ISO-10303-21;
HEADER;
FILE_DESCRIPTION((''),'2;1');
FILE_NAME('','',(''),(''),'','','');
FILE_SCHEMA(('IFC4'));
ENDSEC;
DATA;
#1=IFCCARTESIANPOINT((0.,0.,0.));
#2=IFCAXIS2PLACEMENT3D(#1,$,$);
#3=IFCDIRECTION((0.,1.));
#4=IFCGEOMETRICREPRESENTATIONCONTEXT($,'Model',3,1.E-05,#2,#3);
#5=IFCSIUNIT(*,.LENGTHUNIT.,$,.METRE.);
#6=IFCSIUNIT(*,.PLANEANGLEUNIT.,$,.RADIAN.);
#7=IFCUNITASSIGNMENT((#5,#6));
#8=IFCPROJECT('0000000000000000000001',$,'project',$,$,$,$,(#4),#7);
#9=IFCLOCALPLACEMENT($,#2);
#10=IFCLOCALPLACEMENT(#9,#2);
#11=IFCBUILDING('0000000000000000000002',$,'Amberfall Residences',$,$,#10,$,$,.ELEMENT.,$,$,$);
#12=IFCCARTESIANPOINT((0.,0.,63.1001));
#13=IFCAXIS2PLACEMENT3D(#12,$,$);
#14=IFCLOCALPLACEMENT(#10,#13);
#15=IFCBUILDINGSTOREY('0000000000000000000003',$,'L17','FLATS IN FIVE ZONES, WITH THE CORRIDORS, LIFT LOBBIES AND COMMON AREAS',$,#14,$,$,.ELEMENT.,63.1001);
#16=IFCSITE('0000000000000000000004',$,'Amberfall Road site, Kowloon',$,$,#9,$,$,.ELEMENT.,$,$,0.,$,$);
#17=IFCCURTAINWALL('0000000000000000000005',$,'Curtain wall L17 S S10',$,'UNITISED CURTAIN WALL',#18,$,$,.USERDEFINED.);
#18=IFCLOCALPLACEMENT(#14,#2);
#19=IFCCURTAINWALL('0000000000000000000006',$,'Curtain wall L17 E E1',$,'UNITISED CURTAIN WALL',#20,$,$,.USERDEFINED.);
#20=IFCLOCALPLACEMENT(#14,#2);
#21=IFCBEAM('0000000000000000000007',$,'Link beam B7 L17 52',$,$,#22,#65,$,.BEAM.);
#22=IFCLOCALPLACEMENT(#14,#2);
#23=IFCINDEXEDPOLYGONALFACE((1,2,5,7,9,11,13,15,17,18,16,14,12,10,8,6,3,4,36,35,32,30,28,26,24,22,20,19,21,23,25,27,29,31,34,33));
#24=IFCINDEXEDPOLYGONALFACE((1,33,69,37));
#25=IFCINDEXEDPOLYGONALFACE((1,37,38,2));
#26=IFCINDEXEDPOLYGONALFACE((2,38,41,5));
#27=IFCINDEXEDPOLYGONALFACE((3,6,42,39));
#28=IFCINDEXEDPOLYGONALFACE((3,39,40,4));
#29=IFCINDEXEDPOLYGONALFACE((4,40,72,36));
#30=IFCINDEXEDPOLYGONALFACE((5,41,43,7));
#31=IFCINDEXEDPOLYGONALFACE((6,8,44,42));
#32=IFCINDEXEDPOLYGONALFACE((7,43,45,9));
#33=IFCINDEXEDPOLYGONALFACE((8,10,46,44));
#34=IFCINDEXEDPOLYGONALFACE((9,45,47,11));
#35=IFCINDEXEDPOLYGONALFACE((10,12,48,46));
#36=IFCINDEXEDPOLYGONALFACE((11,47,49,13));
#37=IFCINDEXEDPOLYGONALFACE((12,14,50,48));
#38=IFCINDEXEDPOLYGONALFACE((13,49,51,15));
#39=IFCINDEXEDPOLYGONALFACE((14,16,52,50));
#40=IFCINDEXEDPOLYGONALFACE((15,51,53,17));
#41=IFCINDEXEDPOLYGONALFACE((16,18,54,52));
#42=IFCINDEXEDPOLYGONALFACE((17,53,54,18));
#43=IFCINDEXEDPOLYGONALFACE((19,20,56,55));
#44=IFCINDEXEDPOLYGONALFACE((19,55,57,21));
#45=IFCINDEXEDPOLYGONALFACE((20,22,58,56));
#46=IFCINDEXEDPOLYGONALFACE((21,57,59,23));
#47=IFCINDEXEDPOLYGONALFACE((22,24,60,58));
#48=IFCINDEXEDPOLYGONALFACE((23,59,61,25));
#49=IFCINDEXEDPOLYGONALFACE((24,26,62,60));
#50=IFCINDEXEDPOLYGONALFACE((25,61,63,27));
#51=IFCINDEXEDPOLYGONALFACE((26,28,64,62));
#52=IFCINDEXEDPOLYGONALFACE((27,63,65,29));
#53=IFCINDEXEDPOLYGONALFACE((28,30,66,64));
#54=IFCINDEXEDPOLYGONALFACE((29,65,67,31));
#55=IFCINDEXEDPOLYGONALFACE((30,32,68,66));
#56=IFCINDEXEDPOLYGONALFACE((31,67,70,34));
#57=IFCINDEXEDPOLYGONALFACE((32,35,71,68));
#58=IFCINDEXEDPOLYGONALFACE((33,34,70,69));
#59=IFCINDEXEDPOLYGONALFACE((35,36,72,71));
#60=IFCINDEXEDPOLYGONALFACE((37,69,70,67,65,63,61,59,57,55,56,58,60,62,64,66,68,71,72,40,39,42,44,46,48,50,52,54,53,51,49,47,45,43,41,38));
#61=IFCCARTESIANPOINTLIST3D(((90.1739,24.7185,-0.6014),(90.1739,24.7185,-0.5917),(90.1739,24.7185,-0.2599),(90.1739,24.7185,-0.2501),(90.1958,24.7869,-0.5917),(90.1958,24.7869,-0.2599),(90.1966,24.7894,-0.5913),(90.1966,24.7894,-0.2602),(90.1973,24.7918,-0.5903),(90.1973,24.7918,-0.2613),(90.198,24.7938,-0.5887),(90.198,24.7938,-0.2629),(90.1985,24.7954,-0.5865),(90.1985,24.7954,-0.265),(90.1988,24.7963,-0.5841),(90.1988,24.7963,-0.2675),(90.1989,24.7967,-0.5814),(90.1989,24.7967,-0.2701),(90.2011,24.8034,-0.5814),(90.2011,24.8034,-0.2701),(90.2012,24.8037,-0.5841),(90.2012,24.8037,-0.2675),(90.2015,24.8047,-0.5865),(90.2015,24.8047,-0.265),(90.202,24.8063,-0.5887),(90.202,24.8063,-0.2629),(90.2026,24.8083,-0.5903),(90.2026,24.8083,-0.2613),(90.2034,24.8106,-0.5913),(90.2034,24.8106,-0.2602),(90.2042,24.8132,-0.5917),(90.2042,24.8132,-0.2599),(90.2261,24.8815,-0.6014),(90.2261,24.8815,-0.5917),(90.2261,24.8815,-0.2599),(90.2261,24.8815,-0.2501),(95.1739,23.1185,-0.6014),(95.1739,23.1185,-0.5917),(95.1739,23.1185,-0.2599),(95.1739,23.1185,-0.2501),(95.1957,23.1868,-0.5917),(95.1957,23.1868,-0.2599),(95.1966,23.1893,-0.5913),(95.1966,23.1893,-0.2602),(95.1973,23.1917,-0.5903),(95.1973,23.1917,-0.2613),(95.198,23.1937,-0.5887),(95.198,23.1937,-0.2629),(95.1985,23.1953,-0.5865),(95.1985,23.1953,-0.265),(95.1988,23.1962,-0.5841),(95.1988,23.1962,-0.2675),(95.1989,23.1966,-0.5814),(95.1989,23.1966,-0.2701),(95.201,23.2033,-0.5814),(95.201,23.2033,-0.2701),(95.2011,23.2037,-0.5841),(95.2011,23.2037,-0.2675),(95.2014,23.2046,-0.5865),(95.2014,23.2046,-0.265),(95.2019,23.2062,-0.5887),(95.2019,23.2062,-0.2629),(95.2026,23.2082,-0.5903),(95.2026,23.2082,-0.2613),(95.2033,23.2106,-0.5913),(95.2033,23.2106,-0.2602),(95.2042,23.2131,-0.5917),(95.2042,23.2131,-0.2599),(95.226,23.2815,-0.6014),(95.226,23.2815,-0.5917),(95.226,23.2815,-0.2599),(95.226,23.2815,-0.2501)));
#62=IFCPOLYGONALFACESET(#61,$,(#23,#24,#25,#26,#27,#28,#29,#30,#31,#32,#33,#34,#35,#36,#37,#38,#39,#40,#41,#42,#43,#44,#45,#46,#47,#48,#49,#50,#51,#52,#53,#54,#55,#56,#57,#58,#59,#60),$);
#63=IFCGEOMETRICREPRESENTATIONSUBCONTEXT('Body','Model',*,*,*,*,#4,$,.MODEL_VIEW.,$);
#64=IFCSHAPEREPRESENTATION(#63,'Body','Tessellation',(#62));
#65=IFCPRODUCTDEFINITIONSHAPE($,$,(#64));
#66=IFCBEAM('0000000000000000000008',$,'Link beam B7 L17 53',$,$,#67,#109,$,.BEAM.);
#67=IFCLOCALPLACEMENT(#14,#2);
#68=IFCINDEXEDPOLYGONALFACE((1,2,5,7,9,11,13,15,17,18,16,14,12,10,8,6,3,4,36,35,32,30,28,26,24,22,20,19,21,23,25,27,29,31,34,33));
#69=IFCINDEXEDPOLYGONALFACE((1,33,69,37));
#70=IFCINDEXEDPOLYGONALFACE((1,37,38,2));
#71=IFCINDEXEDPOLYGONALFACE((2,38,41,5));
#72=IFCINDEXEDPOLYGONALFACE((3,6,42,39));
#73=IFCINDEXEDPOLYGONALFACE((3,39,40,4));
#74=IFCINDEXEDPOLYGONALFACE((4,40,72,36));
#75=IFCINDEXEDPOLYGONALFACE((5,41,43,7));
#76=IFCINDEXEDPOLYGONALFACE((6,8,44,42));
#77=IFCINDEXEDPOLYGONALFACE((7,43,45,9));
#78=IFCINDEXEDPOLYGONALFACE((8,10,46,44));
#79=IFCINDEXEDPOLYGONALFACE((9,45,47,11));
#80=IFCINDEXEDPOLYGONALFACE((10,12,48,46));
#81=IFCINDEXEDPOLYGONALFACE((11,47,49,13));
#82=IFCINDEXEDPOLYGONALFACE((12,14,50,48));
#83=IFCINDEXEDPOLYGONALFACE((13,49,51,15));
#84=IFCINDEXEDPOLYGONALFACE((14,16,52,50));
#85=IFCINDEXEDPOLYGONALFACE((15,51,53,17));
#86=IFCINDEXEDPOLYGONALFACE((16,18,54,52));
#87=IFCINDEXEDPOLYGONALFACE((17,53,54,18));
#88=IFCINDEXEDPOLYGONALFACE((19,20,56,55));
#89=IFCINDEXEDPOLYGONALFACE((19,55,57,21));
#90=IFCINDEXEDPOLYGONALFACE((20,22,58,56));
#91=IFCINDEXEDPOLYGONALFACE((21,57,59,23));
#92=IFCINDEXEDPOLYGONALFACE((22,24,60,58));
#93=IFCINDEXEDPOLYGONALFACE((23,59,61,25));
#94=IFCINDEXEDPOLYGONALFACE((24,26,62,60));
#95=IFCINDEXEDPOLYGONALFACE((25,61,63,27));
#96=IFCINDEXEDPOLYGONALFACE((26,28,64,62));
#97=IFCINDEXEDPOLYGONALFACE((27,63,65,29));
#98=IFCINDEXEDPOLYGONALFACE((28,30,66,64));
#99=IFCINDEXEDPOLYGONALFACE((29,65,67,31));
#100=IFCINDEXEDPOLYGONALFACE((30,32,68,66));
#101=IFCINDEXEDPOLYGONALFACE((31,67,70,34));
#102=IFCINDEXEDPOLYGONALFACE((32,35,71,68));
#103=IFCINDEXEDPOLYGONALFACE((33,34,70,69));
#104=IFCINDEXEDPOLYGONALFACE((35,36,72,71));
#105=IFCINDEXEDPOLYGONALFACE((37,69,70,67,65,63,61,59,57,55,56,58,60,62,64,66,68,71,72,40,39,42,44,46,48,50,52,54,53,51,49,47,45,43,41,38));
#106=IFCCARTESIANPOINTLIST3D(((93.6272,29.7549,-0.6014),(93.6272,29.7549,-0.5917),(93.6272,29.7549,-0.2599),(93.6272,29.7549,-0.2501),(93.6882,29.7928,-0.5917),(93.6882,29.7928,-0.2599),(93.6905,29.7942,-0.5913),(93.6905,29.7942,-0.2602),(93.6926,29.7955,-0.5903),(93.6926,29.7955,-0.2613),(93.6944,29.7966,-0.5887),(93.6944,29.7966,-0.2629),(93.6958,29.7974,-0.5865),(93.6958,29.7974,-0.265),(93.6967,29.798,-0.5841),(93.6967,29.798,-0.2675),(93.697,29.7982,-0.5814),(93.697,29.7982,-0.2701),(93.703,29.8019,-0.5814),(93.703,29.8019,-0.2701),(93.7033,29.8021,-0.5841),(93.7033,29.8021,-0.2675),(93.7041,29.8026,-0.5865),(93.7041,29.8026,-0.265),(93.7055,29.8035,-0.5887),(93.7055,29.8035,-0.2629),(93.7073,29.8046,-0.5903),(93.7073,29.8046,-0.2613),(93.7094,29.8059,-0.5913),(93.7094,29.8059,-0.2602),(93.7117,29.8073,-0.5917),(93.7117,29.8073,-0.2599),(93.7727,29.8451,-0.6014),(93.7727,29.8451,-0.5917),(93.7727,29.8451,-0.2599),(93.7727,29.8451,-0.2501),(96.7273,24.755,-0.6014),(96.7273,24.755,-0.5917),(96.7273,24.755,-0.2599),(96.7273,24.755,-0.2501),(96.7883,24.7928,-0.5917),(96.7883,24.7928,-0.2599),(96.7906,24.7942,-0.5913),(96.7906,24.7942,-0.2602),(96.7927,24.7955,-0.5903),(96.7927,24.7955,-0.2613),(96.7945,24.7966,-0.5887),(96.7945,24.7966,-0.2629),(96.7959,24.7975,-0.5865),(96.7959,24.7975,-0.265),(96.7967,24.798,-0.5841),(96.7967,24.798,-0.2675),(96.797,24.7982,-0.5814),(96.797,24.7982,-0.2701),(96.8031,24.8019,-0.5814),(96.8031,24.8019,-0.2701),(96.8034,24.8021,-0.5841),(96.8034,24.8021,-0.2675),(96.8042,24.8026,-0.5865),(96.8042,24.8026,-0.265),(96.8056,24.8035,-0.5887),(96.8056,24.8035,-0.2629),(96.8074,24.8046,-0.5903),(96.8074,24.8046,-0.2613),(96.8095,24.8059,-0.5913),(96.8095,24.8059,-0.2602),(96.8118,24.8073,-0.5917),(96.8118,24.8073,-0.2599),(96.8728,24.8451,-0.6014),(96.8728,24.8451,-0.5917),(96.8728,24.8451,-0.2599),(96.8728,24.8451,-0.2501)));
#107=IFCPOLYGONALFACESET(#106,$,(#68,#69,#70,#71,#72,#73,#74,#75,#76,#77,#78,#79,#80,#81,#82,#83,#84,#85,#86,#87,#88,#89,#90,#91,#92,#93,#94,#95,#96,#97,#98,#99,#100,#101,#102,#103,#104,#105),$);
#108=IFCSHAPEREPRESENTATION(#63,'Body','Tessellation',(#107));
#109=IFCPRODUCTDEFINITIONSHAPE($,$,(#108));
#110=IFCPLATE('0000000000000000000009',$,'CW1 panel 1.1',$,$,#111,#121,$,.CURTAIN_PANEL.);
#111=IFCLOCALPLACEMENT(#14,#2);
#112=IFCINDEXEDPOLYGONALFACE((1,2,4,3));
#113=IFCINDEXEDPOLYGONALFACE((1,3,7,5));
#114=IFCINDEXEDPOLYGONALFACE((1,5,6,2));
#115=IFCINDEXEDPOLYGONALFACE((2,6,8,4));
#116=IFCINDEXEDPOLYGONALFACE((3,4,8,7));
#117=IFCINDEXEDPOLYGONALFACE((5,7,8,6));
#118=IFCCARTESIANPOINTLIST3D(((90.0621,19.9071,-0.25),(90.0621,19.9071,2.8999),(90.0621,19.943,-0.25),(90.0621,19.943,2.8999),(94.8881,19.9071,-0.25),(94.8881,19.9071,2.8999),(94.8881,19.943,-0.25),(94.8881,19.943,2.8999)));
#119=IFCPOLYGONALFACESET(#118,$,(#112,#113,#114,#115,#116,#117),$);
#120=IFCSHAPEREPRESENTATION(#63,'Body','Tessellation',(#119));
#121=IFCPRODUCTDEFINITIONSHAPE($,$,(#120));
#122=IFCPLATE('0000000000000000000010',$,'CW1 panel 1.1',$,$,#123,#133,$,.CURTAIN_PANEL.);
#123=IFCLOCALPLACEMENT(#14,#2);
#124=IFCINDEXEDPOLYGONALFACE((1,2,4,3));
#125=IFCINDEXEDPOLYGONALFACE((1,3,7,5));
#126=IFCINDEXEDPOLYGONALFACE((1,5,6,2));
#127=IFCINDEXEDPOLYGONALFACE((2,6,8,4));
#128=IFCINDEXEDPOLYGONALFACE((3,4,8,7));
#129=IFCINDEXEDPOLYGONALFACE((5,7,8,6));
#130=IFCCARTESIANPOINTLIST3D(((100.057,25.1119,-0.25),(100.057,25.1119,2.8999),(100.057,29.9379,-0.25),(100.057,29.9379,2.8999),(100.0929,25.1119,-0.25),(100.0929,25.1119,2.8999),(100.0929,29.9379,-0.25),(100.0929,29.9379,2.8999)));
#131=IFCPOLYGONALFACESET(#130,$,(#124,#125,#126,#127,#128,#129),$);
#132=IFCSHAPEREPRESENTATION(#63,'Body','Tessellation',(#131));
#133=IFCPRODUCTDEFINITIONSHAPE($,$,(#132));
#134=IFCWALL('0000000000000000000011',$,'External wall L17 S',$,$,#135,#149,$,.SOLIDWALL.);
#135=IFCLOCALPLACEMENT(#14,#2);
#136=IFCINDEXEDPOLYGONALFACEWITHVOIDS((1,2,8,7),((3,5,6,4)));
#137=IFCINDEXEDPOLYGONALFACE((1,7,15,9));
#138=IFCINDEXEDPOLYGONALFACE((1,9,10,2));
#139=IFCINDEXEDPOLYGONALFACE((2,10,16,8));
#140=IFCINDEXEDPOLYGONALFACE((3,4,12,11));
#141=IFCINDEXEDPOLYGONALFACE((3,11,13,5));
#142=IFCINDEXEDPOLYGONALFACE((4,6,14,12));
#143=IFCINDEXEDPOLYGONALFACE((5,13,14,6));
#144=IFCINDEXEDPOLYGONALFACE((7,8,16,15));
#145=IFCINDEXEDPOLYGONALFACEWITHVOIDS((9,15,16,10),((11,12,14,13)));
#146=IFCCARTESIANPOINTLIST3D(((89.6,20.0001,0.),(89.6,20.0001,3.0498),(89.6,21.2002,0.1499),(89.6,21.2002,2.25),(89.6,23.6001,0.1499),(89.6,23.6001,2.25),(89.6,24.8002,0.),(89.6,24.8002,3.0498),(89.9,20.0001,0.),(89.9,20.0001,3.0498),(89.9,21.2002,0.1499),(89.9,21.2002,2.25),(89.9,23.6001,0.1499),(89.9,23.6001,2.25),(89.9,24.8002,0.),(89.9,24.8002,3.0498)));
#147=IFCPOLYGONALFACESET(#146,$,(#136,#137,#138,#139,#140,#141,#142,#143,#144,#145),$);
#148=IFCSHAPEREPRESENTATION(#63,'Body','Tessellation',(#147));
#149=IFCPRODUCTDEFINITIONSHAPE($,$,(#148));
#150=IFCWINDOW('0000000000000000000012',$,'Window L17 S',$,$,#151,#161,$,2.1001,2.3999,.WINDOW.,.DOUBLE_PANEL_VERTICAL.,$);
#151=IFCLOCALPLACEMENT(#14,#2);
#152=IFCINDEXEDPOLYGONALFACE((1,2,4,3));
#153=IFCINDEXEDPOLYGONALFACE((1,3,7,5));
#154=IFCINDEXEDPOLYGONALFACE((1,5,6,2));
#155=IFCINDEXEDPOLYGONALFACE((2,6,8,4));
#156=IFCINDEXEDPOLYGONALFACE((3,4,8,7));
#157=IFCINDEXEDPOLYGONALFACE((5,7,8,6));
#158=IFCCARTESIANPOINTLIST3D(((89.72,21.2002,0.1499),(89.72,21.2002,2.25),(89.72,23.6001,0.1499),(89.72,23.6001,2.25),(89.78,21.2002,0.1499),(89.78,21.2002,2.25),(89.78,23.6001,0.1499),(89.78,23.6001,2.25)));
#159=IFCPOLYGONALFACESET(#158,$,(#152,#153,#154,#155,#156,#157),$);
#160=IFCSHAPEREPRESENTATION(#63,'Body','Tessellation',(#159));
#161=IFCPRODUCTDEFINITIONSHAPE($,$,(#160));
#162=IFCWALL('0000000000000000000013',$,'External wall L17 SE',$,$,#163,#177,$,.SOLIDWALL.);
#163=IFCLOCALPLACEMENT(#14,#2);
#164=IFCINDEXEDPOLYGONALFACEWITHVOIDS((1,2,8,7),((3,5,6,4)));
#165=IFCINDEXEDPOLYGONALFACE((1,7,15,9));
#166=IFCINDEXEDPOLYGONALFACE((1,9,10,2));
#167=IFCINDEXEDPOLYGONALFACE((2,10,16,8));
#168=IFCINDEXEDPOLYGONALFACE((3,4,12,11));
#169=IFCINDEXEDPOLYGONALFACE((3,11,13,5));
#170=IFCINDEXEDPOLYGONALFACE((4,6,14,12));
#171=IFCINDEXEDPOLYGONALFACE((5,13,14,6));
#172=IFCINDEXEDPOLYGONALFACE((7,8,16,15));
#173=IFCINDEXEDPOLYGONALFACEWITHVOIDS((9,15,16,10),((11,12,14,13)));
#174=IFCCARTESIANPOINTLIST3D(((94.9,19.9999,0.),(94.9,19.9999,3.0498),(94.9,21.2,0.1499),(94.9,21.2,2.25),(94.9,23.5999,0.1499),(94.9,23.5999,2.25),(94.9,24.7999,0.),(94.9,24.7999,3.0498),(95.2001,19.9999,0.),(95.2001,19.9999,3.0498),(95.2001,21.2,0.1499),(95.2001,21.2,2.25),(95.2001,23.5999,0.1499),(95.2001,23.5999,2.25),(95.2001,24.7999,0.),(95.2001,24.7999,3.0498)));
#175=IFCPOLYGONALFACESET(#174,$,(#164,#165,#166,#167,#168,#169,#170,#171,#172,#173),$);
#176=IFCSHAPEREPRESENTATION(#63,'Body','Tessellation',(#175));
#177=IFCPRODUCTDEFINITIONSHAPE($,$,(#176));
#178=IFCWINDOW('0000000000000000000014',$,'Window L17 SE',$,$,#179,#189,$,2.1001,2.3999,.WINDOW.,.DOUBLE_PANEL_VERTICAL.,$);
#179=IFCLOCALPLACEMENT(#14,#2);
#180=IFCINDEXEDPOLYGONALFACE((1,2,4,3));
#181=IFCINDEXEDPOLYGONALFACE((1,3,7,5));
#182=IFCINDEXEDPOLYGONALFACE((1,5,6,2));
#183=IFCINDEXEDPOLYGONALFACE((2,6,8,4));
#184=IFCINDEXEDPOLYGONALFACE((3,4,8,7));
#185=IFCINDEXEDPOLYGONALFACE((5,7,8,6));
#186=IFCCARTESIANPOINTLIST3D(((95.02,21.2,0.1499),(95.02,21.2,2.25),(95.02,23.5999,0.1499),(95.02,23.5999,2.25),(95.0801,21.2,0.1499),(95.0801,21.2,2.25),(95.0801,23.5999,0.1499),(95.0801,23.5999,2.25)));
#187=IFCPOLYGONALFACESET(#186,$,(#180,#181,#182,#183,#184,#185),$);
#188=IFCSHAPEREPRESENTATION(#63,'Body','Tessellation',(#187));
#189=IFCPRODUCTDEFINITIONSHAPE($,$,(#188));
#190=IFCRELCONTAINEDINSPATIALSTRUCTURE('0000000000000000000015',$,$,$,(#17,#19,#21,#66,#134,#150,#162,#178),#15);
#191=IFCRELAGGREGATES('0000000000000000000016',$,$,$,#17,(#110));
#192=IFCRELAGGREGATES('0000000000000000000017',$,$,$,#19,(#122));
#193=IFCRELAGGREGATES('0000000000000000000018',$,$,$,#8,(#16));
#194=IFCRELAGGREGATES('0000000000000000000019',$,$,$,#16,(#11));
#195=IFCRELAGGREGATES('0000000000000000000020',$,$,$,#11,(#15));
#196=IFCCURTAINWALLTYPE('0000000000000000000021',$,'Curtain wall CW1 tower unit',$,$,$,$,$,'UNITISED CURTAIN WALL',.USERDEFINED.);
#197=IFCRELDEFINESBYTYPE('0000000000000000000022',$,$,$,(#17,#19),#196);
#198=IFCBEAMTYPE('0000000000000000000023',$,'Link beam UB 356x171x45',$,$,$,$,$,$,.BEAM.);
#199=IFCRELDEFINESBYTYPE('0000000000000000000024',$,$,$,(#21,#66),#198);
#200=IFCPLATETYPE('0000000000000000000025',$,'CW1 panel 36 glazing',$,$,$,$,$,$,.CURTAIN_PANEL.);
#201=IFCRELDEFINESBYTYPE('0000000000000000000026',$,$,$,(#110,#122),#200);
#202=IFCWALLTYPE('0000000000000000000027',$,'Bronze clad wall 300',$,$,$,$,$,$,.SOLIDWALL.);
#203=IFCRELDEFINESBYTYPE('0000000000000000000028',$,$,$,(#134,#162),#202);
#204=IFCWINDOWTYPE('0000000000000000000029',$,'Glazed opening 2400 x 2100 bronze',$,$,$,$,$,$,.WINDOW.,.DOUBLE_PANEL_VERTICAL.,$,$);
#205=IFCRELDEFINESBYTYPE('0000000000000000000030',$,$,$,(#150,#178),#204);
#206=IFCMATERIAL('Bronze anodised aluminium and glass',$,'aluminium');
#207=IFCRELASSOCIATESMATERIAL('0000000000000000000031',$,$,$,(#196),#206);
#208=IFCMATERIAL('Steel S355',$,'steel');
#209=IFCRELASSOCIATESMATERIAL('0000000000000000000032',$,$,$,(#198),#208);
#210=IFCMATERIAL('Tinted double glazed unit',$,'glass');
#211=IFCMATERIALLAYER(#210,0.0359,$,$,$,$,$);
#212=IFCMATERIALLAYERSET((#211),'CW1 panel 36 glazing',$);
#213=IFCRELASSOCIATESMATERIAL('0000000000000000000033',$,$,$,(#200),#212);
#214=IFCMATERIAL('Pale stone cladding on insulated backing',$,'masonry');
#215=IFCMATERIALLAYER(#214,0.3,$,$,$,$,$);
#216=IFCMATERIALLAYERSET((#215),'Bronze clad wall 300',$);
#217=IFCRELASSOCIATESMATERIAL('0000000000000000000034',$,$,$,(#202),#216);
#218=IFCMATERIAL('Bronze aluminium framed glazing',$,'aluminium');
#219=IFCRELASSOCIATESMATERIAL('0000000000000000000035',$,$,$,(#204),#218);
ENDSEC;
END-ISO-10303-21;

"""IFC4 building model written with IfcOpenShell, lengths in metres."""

from ifc_helpers import new_model, si_unit, direction, frame, frame_2d, origin, origin_2d, place, context, subcontext, project, spatial, rectangle, i_section, extrude, material, layer, layer_set, material_profile, profile_set, type_object, element, fill, aggregate, save


model = new_model("IFC4")

# Units and contexts
model_context = context("Model", 3, precision=1e-05, world=origin(), true_north=direction((0.0, 1.0)))
body_context = subcontext(model_context, "Body", "Model", "MODEL_VIEW")
ifc_project = project(units=[si_unit("LENGTHUNIT", "METRE"), si_unit("PLANEANGLEUNIT", "RADIAN")], contexts=[model_context])

# Site, building, storey
site_placement = place(None, origin())
site = spatial("IfcSite", under=ifc_project, at=site_placement, Name="Amberfall Road site, Kowloon", CompositionType="ELEMENT", RefElevation=0.0)
building_placement = place(site_placement, origin())
building = spatial("IfcBuilding", under=site, at=building_placement, Name="Amberfall Residences", CompositionType="ELEMENT")
storey_placement = place(building_placement, frame((0.0, 0.0, 63.1001)))
storey = spatial("IfcBuildingStorey", under=building, at=storey_placement, Name="L17", Description="FLATS IN FIVE ZONES, WITH THE CORRIDORS, LIFT LOBBIES AND COMMON AREAS", CompositionType="ELEMENT", Elevation=63.1001)

# Curtain walls
ifc_material_1 = material(Name="Bronze anodised aluminium and glass", Category="aluminium")
curtain_wall_type = type_object("IfcCurtainWallType", Name="Curtain wall CW1 tower unit", ElementType="UNITISED CURTAIN WALL", PredefinedType="USERDEFINED", material=ifc_material_1)
curtain_wall_1_placement = place(storey_placement, origin())
curtain_wall_1 = element("IfcCurtainWall", 1, at=curtain_wall_1_placement, inside=storey, type_object=curtain_wall_type, Name="Curtain wall L17 S S10", ObjectType="UNITISED CURTAIN WALL", PredefinedType="USERDEFINED")
curtain_wall_2_placement = place(storey_placement, origin())
curtain_wall_2 = element("IfcCurtainWall", 2, at=curtain_wall_2_placement, inside=storey, type_object=curtain_wall_type, Name="Curtain wall L17 E E1", ObjectType="UNITISED CURTAIN WALL", PredefinedType="USERDEFINED")

# Beams
ifc_material_2 = material(Name="Steel S355", Category="steel")
ifc_material_profile_1 = material_profile(ifc_material_2, i_section(OverallWidth=0.1711, OverallDepth=0.3513, WebThickness=0.0071, FlangeThickness=0.0098, FilletRadius=0.0103, at=origin_2d()), Name="UB 356x171x45")
ifc_profile_set_1 = profile_set([ifc_material_profile_1], Name="Steel S355")
beam_type_1 = type_object("IfcBeamType", Name="Link beam UB 356x171x45", PredefinedType="BEAM", material=ifc_profile_set_1)
beam_1_placement = place(storey_placement, frame((95.2, 23.2, -0.4258), z_axis=(-0.952419, 0.304793, 0.0), x_axis=(-0.304793, -0.952419, 0.0)))
element("IfcBeam", 3, at=beam_1_placement, inside=storey, type_object=beam_type_1, Name="Link beam B7 L17 52", PredefinedType="BEAM", context=body_context, shape_type="SweptSolid", body=[
    extrude(i_section(OverallWidth=0.1711, OverallDepth=0.3513, WebThickness=0.0071, FlangeThickness=0.0098, FilletRadius=0.0103, at=origin_2d()), origin(), (0.0, 0.0, 1.0), 5.2498),
])
beam_2_placement = place(storey_placement, frame((96.8, 24.8, -0.4258), z_axis=(-0.526952, 0.849895, 0.0), x_axis=(-0.849895, -0.526952, 0.0)))
element("IfcBeam", 4, at=beam_2_placement, inside=storey, type_object=beam_type_1, Name="Link beam B7 L17 53", PredefinedType="BEAM", context=body_context, shape_type="SweptSolid", body=[
    extrude(i_section(OverallWidth=0.1711, OverallDepth=0.3513, WebThickness=0.0071, FlangeThickness=0.0098, FilletRadius=0.0103, at=origin_2d()), origin(), (0.0, 0.0, 1.0), 5.8831),
])

# Plates
ifc_material_3 = material(Name="Tinted double glazed unit", Category="glass")
ifc_layer_1 = layer(ifc_material_3, 0.0359)
ifc_layer_set_1 = layer_set([ifc_layer_1], Name="CW1 panel 36 glazing")
plate_type = type_object("IfcPlateType", Name="CW1 panel 36 glazing", PredefinedType="CURTAIN_PANEL", material=ifc_layer_set_1)
plate_1_placement = place(storey_placement, frame((92.4751, 19.925, -0.25), z_axis=(0.0, 0.0, 1.0), x_axis=(1.0, 0.0, 0.0)))
plate_1 = element("IfcPlate", 5, at=plate_1_placement, type_object=plate_type, Name="CW1 panel 1.1", PredefinedType="CURTAIN_PANEL", context=body_context, shape_type="SweptSolid", body=[
    extrude(rectangle(XDim=4.8259, YDim=0.0359, at=origin_2d()), origin(), (0.0, 0.0, 1.0), 3.1499),
])
aggregate(curtain_wall_1, [plate_1])
plate_2_placement = place(storey_placement, frame((100.075, 27.5249, -0.25), z_axis=(0.0, 0.0, 1.0), x_axis=(0.0, 1.0, 0.0)))
plate_2 = element("IfcPlate", 6, at=plate_2_placement, type_object=plate_type, Name="CW1 panel 1.1", PredefinedType="CURTAIN_PANEL", context=body_context, shape_type="SweptSolid", body=[
    extrude(rectangle(XDim=4.8259, YDim=0.0359, at=origin_2d()), origin(), (0.0, 0.0, 1.0), 3.1499),
])
aggregate(curtain_wall_2, [plate_2])

# Walls, openings, windows
ifc_material_4 = material(Name="Pale stone cladding on insulated backing", Category="masonry")
ifc_layer_2 = layer(ifc_material_4, 0.3)
ifc_layer_set_2 = layer_set([ifc_layer_2], Name="Bronze clad wall 300")
wall_type_1 = type_object("IfcWallType", Name="Bronze clad wall 300", PredefinedType="SOLIDWALL", material=ifc_layer_set_2)
wall_1_placement = place(storey_placement, frame((89.75, 24.8, 0.0), z_axis=(0.0, 0.0, 1.0), x_axis=(0.0, -1.0, 0.0)))
wall_1 = element("IfcWall", 7, at=wall_1_placement, inside=storey, type_object=wall_type_1, Name="External wall L17 S", PredefinedType="SOLIDWALL", context=body_context, shape_type="SweptSolid", body=[
    extrude(rectangle(XDim=4.8, YDim=0.3, at=frame_2d((2.3999, 0.0))), origin(), (0.0, 0.0, 1.0), 3.0498),
])
opening_1_placement = place(wall_1_placement, frame((1.2, 0.0, 0.1499)))
opening_1 = element("IfcOpeningElement", 8, at=opening_1_placement, cuts=wall_1, PredefinedType="OPENING", context=body_context, shape_type="SweptSolid", body=[
    extrude(rectangle(XDim=2.3999, YDim=2.1001, at=frame_2d((1.2, 1.05))), frame((0.0, 0.1599, 0.0), z_axis=(0.0, -1.0, 0.0), x_axis=(1.0, 0.0, 0.0)), (0.0, 0.0, 1.0), 0.3201),
])
ifc_material_5 = material(Name="Bronze aluminium framed glazing", Category="aluminium")
window_type_1 = type_object("IfcWindowType", Name="Glazed opening 2400 x 2100 bronze", PartitioningType="DOUBLE_PANEL_VERTICAL", PredefinedType="WINDOW", material=ifc_material_5)
window_1_placement = place(opening_1_placement, origin())
window_1 = element("IfcWindow", 9, at=window_1_placement, inside=storey, type_object=window_type_1, Name="Window L17 S", OverallHeight=2.1001, OverallWidth=2.3999, PartitioningType="DOUBLE_PANEL_VERTICAL", PredefinedType="WINDOW", context=body_context, shape_type="SweptSolid", body=[
    extrude(rectangle(XDim=2.3999, YDim=2.1001, at=frame_2d((1.2, 1.05))), frame((0.0, 0.03, 0.0), z_axis=(0.0, -1.0, 0.0), x_axis=(1.0, 0.0, 0.0)), (0.0, 0.0, 1.0), 0.0601),
])
fill(opening_1, window_1)
wall_2_placement = place(storey_placement, frame((95.05, 20.0, 0.0), z_axis=(0.0, 0.0, 1.0), x_axis=(0.0, 1.0, 0.0)))
wall_2 = element("IfcWall", 10, at=wall_2_placement, inside=storey, type_object=wall_type_1, Name="External wall L17 SE", PredefinedType="SOLIDWALL", context=body_context, shape_type="SweptSolid", body=[
    extrude(rectangle(XDim=4.8, YDim=0.3, at=frame_2d((2.3999, 0.0))), origin(), (0.0, 0.0, 1.0), 3.0498),
])
opening_2_placement = place(wall_2_placement, frame((1.2, 0.0, 0.1499)))
opening_2 = element("IfcOpeningElement", 11, at=opening_2_placement, cuts=wall_2, PredefinedType="OPENING", context=body_context, shape_type="SweptSolid", body=[
    extrude(rectangle(XDim=2.3999, YDim=2.1001, at=frame_2d((1.2, 1.05))), frame((0.0, 0.1599, 0.0), z_axis=(0.0, -1.0, 0.0), x_axis=(1.0, 0.0, 0.0)), (0.0, 0.0, 1.0), 0.3201),
])
window_2_placement = place(opening_2_placement, origin())
window_2 = element("IfcWindow", 12, at=window_2_placement, inside=storey, type_object=window_type_1, Name="Window L17 SE", OverallHeight=2.1001, OverallWidth=2.3999, PartitioningType="DOUBLE_PANEL_VERTICAL", PredefinedType="WINDOW", context=body_context, shape_type="SweptSolid", body=[
    extrude(rectangle(XDim=2.3999, YDim=2.1001, at=frame_2d((1.2, 1.05))), frame((0.0, 0.03, 0.0), z_axis=(0.0, -1.0, 0.0), x_axis=(1.0, 0.0, 0.0)), (0.0, 0.0, 1.0), 0.0601),
])
fill(opening_2, window_2)

save(model, "model.ifc")
